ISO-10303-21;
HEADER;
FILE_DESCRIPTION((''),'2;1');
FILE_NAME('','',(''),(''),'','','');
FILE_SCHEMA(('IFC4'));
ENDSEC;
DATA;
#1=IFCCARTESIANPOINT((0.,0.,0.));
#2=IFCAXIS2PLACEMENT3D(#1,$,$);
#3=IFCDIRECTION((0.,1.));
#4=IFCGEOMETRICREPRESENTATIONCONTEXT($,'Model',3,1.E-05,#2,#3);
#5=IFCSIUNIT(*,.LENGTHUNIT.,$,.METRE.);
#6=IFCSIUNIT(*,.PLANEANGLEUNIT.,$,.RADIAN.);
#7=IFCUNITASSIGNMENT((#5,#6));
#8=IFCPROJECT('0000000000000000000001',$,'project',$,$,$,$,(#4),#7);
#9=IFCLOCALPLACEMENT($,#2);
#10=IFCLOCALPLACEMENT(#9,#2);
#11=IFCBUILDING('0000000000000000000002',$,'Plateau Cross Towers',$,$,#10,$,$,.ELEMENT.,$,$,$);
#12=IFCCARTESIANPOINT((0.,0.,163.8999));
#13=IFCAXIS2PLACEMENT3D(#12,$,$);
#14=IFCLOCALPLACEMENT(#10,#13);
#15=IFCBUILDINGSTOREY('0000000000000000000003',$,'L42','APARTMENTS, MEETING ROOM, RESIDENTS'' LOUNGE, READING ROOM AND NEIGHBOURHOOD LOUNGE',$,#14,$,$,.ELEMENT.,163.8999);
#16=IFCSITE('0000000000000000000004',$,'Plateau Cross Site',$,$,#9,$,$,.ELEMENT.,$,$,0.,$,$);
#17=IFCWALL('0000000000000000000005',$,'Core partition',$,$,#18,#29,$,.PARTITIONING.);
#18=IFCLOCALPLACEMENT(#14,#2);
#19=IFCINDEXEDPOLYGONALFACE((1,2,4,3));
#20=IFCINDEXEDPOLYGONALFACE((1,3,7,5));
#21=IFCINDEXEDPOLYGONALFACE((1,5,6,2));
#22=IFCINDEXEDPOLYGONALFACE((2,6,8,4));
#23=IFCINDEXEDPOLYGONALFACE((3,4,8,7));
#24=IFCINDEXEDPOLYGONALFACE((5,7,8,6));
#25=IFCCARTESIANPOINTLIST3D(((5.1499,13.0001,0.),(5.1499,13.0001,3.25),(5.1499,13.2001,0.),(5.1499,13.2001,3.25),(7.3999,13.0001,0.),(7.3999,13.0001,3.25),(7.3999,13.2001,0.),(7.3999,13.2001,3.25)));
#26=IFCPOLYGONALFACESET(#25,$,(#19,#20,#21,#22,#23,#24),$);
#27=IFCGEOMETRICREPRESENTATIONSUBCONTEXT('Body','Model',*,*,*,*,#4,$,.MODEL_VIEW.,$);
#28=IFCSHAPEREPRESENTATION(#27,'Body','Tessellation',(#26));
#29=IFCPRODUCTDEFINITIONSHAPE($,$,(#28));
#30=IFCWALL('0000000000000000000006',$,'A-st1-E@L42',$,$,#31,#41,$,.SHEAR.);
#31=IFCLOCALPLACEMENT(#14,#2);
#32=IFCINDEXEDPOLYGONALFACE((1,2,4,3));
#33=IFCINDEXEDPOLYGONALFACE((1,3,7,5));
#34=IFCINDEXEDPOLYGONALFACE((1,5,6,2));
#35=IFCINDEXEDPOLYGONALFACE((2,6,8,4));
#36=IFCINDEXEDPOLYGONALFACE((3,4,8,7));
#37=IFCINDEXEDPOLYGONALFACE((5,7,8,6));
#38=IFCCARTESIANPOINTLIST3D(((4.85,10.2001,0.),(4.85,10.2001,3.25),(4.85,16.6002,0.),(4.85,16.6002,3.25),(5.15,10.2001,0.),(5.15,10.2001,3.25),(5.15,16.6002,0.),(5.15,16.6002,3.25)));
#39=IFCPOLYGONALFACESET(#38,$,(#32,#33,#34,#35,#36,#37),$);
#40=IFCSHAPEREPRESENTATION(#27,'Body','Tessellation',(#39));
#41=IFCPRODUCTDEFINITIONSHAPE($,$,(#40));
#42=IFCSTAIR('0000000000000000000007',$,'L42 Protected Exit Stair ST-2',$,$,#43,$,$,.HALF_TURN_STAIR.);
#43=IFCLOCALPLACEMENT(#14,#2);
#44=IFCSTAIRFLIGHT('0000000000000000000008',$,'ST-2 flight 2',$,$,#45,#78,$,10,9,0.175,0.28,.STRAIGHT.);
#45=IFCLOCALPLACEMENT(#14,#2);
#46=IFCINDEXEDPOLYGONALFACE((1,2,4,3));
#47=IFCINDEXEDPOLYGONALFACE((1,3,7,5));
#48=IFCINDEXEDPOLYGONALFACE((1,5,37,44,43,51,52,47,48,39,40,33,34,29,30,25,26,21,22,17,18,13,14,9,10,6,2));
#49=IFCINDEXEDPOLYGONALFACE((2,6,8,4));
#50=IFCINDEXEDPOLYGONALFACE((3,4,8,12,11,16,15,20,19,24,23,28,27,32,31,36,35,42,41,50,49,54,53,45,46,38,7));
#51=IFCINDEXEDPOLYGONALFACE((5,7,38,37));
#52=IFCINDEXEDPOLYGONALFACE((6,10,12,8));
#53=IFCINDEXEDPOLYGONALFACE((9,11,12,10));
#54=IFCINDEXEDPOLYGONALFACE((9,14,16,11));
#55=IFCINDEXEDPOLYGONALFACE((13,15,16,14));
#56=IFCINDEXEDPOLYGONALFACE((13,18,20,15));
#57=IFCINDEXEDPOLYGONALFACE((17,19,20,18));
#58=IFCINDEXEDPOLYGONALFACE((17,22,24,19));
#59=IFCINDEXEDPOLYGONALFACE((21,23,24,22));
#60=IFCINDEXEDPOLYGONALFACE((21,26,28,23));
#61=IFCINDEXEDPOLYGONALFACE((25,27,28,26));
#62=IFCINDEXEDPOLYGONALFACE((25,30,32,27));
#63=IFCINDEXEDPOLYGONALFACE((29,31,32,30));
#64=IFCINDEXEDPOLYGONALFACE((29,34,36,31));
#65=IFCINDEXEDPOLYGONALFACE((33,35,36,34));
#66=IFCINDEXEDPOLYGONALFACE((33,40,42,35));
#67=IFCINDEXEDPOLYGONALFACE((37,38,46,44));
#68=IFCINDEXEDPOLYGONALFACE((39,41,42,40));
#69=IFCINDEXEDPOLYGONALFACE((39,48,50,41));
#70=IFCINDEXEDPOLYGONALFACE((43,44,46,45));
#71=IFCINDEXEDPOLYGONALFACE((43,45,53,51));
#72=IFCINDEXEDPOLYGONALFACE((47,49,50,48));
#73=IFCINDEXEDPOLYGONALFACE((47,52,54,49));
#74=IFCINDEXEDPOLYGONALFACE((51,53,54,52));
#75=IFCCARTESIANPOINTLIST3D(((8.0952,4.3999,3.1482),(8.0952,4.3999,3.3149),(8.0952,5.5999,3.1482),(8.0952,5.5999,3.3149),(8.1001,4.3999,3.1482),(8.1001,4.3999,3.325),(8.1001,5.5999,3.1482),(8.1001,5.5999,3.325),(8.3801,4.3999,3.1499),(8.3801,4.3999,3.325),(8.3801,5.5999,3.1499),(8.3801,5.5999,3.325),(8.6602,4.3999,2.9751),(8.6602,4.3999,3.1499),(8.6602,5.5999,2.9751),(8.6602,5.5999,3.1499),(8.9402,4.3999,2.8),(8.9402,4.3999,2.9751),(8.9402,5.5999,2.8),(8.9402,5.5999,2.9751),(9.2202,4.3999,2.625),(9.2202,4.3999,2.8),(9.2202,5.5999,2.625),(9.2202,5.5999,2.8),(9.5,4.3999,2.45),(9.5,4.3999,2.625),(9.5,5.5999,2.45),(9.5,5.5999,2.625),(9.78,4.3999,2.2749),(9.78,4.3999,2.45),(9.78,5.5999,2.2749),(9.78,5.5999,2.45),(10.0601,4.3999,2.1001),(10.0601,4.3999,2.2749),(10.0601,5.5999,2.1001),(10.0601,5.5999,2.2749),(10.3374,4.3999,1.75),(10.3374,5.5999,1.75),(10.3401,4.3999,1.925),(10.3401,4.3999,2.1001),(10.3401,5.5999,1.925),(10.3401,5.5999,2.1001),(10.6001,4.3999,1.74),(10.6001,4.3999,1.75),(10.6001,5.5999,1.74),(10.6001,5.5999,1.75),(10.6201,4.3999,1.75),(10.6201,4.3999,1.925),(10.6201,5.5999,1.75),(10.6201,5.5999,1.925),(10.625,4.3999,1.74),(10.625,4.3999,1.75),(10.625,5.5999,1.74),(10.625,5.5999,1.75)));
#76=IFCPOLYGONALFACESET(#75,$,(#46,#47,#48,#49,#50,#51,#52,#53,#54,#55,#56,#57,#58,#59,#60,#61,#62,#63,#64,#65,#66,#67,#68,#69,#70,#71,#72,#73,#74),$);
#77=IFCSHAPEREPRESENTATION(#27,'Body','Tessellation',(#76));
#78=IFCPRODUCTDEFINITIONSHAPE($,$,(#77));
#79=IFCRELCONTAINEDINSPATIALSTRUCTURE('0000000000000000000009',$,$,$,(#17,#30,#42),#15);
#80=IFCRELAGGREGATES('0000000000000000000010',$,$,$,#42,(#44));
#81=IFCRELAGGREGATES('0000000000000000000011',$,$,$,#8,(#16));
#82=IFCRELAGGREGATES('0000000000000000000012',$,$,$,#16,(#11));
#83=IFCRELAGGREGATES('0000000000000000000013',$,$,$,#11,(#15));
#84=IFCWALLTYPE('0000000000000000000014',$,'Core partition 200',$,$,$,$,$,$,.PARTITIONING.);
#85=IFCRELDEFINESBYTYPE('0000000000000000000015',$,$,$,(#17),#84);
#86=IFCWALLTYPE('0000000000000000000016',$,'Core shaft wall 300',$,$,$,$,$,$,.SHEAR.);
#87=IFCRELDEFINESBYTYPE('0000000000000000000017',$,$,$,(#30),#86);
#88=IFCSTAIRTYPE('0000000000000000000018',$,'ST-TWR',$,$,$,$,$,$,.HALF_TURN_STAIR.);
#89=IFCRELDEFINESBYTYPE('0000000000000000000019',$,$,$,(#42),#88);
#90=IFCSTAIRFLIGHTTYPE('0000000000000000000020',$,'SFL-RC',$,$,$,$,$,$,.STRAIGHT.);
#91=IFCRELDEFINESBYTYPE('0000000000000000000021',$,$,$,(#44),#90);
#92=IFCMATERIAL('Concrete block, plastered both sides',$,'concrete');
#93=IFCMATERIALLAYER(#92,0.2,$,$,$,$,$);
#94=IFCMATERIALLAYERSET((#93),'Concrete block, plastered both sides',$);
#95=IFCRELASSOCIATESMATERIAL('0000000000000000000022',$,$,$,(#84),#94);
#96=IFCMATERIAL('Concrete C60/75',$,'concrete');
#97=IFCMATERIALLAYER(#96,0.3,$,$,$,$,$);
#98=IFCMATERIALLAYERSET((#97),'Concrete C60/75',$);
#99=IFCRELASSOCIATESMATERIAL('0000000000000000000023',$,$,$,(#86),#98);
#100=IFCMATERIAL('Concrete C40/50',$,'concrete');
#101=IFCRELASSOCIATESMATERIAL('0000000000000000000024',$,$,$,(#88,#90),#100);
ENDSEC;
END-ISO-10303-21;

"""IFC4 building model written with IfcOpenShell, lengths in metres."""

from ifc_helpers import new_model, si_unit, direction, frame, frame_2d, origin, place, context, subcontext, project, spatial, polyline, rectangle, outline, extrude, material, layer, layer_set, type_object, element, aggregate, save


model = new_model("IFC4")

# Units and contexts
model_context = context("Model", 3, precision=1e-05, world=origin(), true_north=direction((0.0, 1.0)))
body_context = subcontext(model_context, "Body", "Model", "MODEL_VIEW")
ifc_project = project(units=[si_unit("LENGTHUNIT", "METRE"), si_unit("PLANEANGLEUNIT", "RADIAN")], contexts=[model_context])

# Site, building, storey
site_placement = place(None, origin())
site = spatial("IfcSite", under=ifc_project, at=site_placement, Name="Plateau Cross Site", CompositionType="ELEMENT", RefElevation=0.0)
building_placement = place(site_placement, origin())
building = spatial("IfcBuilding", under=site, at=building_placement, Name="Plateau Cross Towers", CompositionType="ELEMENT")
storey_placement = place(building_placement, frame((0.0, 0.0, 163.8999)))
storey = spatial("IfcBuildingStorey", under=building, at=storey_placement, Name="L42", Description="APARTMENTS, MEETING ROOM, RESIDENTS' LOUNGE, READING ROOM AND NEIGHBOURHOOD LOUNGE", CompositionType="ELEMENT", Elevation=163.8999)

# Shared definitions
ifc_material_1 = material(Name="Concrete block, plastered both sides", Category="concrete")
ifc_layer_1 = layer(ifc_material_1, 0.2)
ifc_layer_set_1 = layer_set([ifc_layer_1], Name="Concrete block, plastered both sides")
wall_type_1 = type_object("IfcWallType", Name="Core partition 200", PredefinedType="PARTITIONING", material=ifc_layer_set_1)

# Walls
wall_1_placement = place(storey_placement, frame((5.1499, 13.1001, 0.0), z_axis=(0.0, 0.0, 1.0), x_axis=(1.0, 0.0, 0.0)))
element("IfcWall", 1, at=wall_1_placement, inside=storey, type_object=wall_type_1, Name="Core partition", PredefinedType="PARTITIONING", context=body_context, shape_type="SweptSolid", body=[
    extrude(rectangle(XDim=2.25, YDim=0.2, at=frame_2d((1.125, 0.0))), origin(), (0.0, 0.0, 1.0), 3.25),
])
ifc_material_2 = material(Name="Concrete C60/75", Category="concrete")
ifc_layer_2 = layer(ifc_material_2, 0.3)
ifc_layer_set_2 = layer_set([ifc_layer_2], Name="Concrete C60/75")
wall_type_2 = type_object("IfcWallType", Name="Core shaft wall 300", PredefinedType="SHEAR", material=ifc_layer_set_2)
wall_2_placement = place(storey_placement, frame((5.0, 10.2, 0.0), z_axis=(0.0, 0.0, 1.0), x_axis=(0.0, 1.0, 0.0)))
element("IfcWall", 2, at=wall_2_placement, inside=storey, type_object=wall_type_2, Name="A-st1-E@L42", PredefinedType="SHEAR", context=body_context, shape_type="SweptSolid", body=[
    extrude(rectangle(XDim=6.4001, YDim=0.3, at=frame_2d((3.2002, 0.0))), origin(), (0.0, 0.0, 1.0), 3.25),
])

# Stair, stair flight
ifc_material_3 = material(Name="Concrete C40/50", Category="concrete")
stair_type = type_object("IfcStairType", Name="ST-TWR", PredefinedType="HALF_TURN_STAIR", material=ifc_material_3)
stair_placement = place(storey_placement, origin())
stair = element("IfcStair", 3, at=stair_placement, inside=storey, type_object=stair_type, Name="L42 Protected Exit Stair ST-2", PredefinedType="HALF_TURN_STAIR")
stair_flight_type = type_object("IfcStairFlightType", Name="SFL-RC", PredefinedType="STRAIGHT", material=ifc_material_3)
stair_flight_placement = place(storey_placement, frame((10.6201, 5.0, 1.75), z_axis=(0.0, 0.0, 1.0), x_axis=(-1.0, 0.0, 0.0)))
stair_flight = element("IfcStairFlight", 4, at=stair_flight_placement, type_object=stair_flight_type, Name="ST-2 flight 2", NumberOfRisers=10, NumberOfTreads=9, PredefinedType="STRAIGHT", RiserHeight=0.175, TreadLength=0.28, context=body_context, shape_type="SweptSolid", body=[
    extrude(outline(polyline([(-0.0049, -0.01), (-0.0049, 0.0), (0.0, 0.0), (0.0, 0.175), (0.28, 0.175), (0.28, 0.3501), (0.5601, 0.3501), (0.5601, 0.5249), (0.8401, 0.5249), (0.8401, 0.7), (1.1201, 0.7), (1.1201, 0.875), (1.3999, 0.875), (1.3999, 1.05), (1.6799, 1.05), (1.6799, 1.2251), (1.96, 1.2251), (1.96, 1.3999), (2.24, 1.3999), (2.24, 1.575), (2.52, 1.575), (2.5249, 1.5649), (2.5249, 1.3982), (2.52, 1.3982), (0.2827, 0.0), (0.02, 0.0), (0.02, -0.01), (-0.0049, -0.01)])), frame((0.0, 0.6001, 0.0), z_axis=(0.0, -1.0, 0.0), x_axis=(1.0, 0.0, 0.0)), (0.0, 0.0, 1.0), 1.2),
])
aggregate(stair, [stair_flight])

save(model, "model.ifc")
